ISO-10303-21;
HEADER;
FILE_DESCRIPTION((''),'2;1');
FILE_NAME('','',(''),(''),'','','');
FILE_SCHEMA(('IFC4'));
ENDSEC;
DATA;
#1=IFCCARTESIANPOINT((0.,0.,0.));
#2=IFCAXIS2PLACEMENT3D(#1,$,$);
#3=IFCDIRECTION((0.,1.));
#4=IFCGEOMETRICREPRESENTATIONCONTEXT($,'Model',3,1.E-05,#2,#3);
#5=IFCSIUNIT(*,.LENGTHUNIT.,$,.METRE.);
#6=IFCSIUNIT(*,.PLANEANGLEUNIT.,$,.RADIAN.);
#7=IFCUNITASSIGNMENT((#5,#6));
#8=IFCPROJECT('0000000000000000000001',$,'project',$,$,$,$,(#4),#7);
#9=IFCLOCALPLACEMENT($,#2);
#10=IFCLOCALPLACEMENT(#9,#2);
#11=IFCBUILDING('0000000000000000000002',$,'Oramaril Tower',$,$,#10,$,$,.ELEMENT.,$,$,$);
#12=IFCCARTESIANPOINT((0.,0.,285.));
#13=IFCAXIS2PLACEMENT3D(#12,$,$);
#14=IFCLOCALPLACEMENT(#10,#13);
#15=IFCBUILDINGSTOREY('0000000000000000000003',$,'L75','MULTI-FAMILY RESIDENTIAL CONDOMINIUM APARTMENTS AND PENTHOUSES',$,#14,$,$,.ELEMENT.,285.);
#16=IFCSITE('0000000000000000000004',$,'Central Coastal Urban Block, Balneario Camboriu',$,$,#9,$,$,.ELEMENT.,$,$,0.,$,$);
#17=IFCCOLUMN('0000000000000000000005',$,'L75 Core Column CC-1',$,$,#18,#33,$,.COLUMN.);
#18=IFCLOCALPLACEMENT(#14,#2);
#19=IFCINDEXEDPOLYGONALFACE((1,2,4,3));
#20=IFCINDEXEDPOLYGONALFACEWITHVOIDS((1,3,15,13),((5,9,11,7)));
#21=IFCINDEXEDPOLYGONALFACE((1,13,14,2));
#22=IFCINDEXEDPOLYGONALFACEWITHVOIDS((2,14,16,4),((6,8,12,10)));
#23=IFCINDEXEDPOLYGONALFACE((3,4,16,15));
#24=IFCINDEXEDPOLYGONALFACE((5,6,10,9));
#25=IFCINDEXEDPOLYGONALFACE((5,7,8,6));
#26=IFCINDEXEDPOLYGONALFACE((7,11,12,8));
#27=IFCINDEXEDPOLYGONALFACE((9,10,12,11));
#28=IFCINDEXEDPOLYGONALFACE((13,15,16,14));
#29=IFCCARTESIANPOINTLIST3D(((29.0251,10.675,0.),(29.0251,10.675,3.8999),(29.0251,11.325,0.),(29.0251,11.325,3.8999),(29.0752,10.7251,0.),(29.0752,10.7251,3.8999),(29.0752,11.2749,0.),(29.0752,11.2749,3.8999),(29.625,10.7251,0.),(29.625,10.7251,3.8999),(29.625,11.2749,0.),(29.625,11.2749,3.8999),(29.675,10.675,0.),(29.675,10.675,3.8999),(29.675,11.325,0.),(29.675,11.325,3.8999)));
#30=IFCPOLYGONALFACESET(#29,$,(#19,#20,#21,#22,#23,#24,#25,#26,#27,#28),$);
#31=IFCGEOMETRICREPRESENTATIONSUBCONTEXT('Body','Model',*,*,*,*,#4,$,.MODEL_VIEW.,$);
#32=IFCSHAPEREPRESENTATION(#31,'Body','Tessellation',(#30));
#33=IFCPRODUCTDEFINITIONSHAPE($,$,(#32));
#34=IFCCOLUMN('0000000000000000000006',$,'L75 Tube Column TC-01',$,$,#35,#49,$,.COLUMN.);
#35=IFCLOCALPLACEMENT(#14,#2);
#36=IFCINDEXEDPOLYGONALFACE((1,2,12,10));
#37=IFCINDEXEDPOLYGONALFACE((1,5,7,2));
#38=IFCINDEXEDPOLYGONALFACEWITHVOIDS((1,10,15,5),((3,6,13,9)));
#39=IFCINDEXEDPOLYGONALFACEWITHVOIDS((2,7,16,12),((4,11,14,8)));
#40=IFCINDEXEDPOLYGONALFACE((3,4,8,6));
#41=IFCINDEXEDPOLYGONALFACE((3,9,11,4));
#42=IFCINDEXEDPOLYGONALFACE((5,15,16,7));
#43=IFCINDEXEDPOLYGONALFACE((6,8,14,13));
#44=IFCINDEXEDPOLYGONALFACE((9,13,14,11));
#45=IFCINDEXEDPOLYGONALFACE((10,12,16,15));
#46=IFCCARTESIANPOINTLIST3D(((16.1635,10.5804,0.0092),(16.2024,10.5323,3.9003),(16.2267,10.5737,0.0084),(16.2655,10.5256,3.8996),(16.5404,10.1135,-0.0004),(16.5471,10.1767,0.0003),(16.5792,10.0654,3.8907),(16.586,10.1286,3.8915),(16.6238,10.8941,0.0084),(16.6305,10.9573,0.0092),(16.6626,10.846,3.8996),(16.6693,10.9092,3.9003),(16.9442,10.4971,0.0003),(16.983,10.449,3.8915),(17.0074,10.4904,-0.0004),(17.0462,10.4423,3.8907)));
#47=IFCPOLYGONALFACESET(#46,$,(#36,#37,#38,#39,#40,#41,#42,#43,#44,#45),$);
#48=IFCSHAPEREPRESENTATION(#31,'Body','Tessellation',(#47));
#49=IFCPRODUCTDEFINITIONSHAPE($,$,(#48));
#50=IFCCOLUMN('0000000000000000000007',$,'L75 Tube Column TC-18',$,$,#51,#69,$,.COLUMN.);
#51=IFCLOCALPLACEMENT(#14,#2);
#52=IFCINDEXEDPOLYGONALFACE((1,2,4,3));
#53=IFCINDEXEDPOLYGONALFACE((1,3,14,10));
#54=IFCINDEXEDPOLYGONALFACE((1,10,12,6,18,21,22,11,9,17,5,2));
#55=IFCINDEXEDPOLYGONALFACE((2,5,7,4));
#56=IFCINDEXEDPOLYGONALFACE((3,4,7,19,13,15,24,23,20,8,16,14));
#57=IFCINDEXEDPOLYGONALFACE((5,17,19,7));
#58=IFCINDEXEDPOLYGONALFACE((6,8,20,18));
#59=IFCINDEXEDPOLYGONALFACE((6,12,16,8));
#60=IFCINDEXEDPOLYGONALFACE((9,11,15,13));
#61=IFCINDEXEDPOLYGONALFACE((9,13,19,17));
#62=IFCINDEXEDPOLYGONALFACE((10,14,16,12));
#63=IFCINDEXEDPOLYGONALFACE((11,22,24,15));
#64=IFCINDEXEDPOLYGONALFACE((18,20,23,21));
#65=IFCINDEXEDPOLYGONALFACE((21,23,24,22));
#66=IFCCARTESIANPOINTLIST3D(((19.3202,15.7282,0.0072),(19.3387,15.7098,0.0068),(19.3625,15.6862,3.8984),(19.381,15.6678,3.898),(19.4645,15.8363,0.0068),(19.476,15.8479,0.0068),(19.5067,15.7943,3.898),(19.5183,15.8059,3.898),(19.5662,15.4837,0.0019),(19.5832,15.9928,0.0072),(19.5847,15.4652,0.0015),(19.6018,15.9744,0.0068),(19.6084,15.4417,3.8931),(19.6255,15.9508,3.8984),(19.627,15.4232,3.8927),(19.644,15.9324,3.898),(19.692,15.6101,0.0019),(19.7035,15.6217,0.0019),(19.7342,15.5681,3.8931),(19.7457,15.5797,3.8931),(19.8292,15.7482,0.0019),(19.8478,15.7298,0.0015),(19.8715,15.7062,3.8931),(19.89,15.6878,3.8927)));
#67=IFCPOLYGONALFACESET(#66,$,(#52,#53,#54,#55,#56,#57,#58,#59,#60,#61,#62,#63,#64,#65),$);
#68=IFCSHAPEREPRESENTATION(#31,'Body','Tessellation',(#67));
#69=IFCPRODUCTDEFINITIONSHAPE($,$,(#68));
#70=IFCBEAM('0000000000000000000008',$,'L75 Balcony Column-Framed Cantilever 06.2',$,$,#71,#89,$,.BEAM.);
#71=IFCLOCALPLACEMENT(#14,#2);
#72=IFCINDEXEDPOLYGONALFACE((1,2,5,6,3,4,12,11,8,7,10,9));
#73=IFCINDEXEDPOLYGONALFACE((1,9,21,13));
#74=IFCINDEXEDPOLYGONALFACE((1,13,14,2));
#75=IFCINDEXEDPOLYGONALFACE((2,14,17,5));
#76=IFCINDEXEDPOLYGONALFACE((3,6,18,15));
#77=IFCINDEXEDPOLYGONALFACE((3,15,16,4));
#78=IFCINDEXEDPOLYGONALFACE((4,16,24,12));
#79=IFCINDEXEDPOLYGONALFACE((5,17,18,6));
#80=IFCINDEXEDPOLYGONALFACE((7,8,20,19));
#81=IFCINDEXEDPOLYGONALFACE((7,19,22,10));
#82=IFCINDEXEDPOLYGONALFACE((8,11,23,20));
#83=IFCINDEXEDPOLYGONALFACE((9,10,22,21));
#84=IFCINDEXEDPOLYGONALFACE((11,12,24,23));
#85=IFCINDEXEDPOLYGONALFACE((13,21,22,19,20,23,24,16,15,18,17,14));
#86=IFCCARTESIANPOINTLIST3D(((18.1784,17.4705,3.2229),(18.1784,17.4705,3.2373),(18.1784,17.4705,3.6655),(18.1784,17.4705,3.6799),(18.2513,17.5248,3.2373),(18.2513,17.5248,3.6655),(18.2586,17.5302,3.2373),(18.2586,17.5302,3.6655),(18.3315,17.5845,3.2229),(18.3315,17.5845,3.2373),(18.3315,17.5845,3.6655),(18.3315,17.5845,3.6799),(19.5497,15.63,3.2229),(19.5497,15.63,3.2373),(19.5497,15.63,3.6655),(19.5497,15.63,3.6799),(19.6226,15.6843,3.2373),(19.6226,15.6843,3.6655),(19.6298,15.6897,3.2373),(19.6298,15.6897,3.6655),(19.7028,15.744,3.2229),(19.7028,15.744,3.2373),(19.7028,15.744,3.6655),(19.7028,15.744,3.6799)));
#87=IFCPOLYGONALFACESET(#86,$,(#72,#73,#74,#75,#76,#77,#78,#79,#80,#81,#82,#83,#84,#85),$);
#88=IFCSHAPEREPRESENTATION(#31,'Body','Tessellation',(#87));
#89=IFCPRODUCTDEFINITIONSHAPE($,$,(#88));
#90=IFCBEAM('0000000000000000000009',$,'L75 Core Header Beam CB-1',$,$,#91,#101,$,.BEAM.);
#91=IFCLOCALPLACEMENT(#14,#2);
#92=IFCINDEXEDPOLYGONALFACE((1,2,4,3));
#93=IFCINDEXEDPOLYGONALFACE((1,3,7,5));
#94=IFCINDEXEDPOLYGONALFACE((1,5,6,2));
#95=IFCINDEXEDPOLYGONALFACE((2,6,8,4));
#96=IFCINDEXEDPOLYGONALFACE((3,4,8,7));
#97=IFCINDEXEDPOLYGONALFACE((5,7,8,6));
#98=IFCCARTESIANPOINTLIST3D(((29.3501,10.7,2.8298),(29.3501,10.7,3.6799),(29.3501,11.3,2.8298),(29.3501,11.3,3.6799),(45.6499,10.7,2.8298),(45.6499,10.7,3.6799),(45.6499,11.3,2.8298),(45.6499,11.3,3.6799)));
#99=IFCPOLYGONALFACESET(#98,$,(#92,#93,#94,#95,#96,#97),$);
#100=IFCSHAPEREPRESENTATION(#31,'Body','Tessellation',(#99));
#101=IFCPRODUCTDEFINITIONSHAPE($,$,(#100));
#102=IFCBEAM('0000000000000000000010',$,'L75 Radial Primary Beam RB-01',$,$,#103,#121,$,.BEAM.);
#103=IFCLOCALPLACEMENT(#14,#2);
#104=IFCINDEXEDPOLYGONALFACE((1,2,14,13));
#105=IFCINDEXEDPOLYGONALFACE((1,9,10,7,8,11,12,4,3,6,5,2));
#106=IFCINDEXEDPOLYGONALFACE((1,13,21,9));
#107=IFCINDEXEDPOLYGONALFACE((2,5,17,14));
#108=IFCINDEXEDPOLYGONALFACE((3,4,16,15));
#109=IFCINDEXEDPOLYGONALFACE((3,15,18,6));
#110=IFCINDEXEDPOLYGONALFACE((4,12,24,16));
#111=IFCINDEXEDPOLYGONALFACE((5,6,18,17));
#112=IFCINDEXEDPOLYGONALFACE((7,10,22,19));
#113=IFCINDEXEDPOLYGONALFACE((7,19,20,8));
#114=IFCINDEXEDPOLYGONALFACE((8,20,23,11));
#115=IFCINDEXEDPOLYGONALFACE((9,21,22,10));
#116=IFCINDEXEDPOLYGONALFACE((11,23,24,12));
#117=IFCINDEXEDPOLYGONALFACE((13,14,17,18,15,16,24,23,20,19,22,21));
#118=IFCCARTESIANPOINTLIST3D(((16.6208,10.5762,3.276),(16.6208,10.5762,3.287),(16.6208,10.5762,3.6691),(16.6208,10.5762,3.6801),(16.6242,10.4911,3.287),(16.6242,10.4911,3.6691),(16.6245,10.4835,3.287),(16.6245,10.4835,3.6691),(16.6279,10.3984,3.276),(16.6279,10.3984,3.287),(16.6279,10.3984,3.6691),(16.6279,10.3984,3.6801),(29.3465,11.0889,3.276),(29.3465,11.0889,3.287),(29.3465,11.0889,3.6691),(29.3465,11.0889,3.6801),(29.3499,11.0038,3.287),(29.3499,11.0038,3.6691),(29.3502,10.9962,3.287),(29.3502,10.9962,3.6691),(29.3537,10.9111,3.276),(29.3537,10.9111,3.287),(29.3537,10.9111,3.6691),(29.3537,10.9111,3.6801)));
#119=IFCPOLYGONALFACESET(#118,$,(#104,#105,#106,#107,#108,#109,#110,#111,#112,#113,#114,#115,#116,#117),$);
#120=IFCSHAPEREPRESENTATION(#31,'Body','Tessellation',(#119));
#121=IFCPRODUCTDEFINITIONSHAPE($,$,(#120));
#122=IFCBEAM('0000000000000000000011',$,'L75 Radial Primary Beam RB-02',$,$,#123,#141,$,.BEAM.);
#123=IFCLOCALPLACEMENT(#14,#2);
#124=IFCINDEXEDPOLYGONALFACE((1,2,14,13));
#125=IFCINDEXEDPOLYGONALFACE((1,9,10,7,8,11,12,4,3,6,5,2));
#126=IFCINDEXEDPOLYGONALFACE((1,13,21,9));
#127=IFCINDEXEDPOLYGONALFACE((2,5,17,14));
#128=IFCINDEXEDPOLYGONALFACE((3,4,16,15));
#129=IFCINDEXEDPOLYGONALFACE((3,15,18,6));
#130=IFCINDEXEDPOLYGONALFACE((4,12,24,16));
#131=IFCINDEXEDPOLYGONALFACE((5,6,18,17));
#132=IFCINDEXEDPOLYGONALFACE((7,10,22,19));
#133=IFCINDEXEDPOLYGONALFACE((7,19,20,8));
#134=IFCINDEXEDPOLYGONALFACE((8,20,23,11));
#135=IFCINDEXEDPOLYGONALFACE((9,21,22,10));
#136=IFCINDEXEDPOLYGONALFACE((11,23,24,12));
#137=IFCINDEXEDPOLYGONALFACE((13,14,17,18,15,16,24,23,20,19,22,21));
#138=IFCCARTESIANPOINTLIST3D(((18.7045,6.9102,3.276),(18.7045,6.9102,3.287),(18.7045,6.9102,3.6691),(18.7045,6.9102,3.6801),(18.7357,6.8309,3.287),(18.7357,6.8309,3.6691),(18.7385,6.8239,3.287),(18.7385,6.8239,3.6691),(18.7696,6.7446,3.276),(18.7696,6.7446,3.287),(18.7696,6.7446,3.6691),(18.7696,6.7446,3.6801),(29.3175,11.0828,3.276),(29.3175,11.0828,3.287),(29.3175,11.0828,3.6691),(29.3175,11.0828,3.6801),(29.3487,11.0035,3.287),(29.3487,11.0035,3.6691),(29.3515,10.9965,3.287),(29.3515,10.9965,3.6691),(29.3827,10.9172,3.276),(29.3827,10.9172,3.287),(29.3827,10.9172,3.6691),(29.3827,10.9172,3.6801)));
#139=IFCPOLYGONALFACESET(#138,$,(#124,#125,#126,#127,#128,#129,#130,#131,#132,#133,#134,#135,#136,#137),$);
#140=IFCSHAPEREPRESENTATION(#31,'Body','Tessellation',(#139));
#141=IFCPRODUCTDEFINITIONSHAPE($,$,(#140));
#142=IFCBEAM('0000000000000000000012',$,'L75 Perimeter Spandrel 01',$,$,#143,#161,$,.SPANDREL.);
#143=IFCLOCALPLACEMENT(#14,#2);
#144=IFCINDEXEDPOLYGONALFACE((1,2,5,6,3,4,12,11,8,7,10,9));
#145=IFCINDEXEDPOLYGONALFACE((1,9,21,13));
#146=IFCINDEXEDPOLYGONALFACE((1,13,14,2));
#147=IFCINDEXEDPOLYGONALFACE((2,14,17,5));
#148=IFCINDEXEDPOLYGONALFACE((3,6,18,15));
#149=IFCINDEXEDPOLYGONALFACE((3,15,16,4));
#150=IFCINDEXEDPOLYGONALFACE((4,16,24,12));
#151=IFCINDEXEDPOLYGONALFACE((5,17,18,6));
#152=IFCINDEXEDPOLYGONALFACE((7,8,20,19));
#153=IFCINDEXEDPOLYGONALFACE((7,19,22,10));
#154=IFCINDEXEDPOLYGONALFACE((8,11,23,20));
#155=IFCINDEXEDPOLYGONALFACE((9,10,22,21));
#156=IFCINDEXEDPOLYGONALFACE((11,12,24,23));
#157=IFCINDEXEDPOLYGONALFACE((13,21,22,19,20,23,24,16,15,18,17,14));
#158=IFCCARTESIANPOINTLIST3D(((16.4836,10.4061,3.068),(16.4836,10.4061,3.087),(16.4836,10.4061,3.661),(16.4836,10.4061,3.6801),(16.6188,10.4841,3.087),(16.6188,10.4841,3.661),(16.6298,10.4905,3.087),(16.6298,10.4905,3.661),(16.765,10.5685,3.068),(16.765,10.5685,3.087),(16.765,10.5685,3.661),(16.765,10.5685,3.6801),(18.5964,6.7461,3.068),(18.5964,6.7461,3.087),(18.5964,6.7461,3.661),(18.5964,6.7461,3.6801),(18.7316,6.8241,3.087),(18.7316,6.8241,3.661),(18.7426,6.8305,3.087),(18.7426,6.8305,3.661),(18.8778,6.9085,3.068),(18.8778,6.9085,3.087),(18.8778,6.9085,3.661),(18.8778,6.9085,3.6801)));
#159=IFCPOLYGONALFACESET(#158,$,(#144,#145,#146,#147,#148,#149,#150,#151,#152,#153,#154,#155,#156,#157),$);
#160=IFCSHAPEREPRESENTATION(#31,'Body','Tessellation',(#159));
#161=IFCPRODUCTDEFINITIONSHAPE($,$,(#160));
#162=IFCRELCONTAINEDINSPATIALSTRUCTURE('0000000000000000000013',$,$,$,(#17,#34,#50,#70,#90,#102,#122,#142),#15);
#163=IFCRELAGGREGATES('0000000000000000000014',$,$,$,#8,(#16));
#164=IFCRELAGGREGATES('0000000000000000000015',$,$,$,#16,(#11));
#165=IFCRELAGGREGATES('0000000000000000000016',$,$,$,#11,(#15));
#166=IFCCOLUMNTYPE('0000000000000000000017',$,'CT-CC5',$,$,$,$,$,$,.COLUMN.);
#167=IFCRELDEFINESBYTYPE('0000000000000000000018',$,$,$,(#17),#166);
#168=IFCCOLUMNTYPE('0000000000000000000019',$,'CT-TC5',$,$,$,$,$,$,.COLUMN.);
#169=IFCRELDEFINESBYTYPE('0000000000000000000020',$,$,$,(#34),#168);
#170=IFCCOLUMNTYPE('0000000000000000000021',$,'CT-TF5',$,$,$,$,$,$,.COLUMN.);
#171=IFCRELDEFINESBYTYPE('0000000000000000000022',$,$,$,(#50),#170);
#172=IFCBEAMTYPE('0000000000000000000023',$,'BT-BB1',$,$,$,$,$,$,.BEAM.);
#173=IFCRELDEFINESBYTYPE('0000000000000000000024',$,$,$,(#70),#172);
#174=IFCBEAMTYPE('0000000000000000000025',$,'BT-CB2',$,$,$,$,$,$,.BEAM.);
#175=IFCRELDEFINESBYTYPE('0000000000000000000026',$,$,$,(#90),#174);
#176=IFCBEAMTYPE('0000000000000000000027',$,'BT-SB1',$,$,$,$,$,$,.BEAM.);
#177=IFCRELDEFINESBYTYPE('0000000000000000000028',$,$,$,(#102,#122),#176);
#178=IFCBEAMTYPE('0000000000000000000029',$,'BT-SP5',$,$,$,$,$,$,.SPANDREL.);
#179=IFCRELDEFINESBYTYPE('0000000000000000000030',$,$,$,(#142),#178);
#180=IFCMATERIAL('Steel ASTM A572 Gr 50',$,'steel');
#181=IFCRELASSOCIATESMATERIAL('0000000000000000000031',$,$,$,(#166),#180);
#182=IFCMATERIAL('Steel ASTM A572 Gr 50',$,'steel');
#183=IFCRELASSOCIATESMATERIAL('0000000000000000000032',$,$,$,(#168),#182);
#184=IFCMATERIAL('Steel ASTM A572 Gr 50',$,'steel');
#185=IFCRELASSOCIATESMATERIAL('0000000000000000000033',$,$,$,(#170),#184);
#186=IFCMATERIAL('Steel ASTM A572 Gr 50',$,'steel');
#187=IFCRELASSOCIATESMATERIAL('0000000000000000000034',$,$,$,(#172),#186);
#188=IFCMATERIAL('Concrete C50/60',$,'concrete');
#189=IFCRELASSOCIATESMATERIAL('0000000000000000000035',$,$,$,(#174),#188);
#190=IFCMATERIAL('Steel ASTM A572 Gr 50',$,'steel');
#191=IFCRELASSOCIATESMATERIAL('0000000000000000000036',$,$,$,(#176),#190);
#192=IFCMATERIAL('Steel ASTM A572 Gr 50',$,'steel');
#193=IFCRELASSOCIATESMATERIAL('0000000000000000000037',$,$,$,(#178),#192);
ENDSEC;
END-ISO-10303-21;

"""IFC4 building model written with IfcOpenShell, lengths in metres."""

from ifc_helpers import new_model, si_unit, direction, frame, origin, origin_2d, place, context, subcontext, project, spatial, rectangle, hollow_rectangle, i_section, extrude, material, material_profile, profile_set, type_object, element, save


model = new_model("IFC4")

# Units and contexts
model_context = context("Model", 3, precision=1e-05, world=origin(), true_north=direction((0.0, 1.0)))
body_context = subcontext(model_context, "Body", "Model", "MODEL_VIEW")
ifc_project = project(units=[si_unit("LENGTHUNIT", "METRE"), si_unit("PLANEANGLEUNIT", "RADIAN")], contexts=[model_context])

# Site, building, storey
site_placement = place(None, origin())
site = spatial("IfcSite", under=ifc_project, at=site_placement, Name="Central Coastal Urban Block, Balneario Camboriu", CompositionType="ELEMENT", RefElevation=0.0)
building_placement = place(site_placement, origin())
building = spatial("IfcBuilding", under=site, at=building_placement, Name="Oramaril Tower", CompositionType="ELEMENT")
storey_placement = place(building_placement, frame((0.0, 0.0, 285.0)))
storey = spatial("IfcBuildingStorey", under=building, at=storey_placement, Name="L75", Description="MULTI-FAMILY RESIDENTIAL CONDOMINIUM APARTMENTS AND PENTHOUSES", CompositionType="ELEMENT", Elevation=285.0)

# Columns
ifc_material_1 = material(Name="Steel ASTM A572 Gr 50", Category="steel")
ifc_material_profile_1 = material_profile(ifc_material_1, hollow_rectangle(XDim=0.6499, YDim=0.6499, WallThickness=0.05, at=origin_2d()), Name="BOX650X650X50")
ifc_profile_set_1 = profile_set([ifc_material_profile_1], Name="Steel ASTM A572 Gr 50")
column_type_1 = type_object("IfcColumnType", Name="CT-CC5", PredefinedType="COLUMN", material=ifc_profile_set_1)
column_1_placement = place(storey_placement, frame((29.3501, 11.0, 0.0), z_axis=(0.0, 0.0, 1.0), x_axis=(1.0, 0.0, 0.0)))
element("IfcColumn", 1, at=column_1_placement, inside=storey, type_object=column_type_1, Name="L75 Core Column CC-1", PredefinedType="COLUMN", context=body_context, shape_type="SweptSolid", body=[
    extrude(hollow_rectangle(XDim=0.6499, YDim=0.6499, WallThickness=0.05, at=origin_2d()), origin(), (0.0, 0.0, 1.0), 3.8999),
])
ifc_material_2 = material(Name="Steel ASTM A572 Gr 50", Category="steel")
ifc_material_profile_2 = material_profile(ifc_material_2, hollow_rectangle(XDim=0.6001, YDim=0.6001, WallThickness=0.0449, at=origin_2d()), Name="BOX600X600X45")
ifc_profile_set_2 = profile_set([ifc_material_profile_2], Name="Steel ASTM A572 Gr 50")
column_type_2 = type_object("IfcColumnType", Name="CT-TC5", PredefinedType="COLUMN", material=ifc_profile_set_2)
column_2_placement = place(storey_placement, frame((16.5854, 10.5354, 0.0044), z_axis=(0.009975, -0.012359, 0.999874), x_axis=(0.778164, 0.628061, 0.0)))
element("IfcColumn", 2, at=column_2_placement, inside=storey, type_object=column_type_2, Name="L75 Tube Column TC-01", PredefinedType="COLUMN", context=body_context, shape_type="SweptSolid", body=[
    extrude(hollow_rectangle(XDim=0.6001, YDim=0.6001, WallThickness=0.0449, at=origin_2d()), origin(), (0.0, 0.0, 1.0), 3.8916),
])
ifc_material_3 = material(Name="Steel ASTM A572 Gr 50", Category="steel")
ifc_material_profile_3 = material_profile(ifc_material_3, i_section(OverallWidth=0.373, OverallDepth=0.373, WebThickness=0.0164, FlangeThickness=0.0261, at=origin_2d()), Name="W14X132")
ifc_profile_set_3 = profile_set([ifc_material_profile_3], Name="Steel ASTM A572 Gr 50")
column_type_3 = type_object("IfcColumnType", Name="CT-TF5", PredefinedType="COLUMN", material=ifc_profile_set_3)
column_3_placement = place(storey_placement, frame((19.584, 15.729, 0.0044), z_axis=(0.010853, -0.010791, 0.999883), x_axis=(0.705054, 0.709153, 0.0)))
element("IfcColumn", 3, at=column_3_placement, inside=storey, type_object=column_type_3, Name="L75 Tube Column TC-18", PredefinedType="COLUMN", context=body_context, shape_type="SweptSolid", body=[
    extrude(i_section(OverallWidth=0.373, OverallDepth=0.373, WebThickness=0.0164, FlangeThickness=0.0261, at=origin_2d()), origin(), (0.0, 0.0, 1.0), 3.8916),
])

# Beams
ifc_material_4 = material(Name="Steel ASTM A572 Gr 50", Category="steel")
ifc_material_profile_4 = material_profile(ifc_material_4, i_section(OverallWidth=0.1909, OverallDepth=0.457, WebThickness=0.009, FlangeThickness=0.0144, at=origin_2d()), Name="W18X50")
ifc_profile_set_4 = profile_set([ifc_material_profile_4], Name="Steel ASTM A572 Gr 50")
beam_type_1 = type_object("IfcBeamType", Name="BT-BB1", PredefinedType="BEAM", material=ifc_profile_set_4)
beam_1_placement = place(storey_placement, frame((19.6262, 15.687, 3.4514), z_axis=(-0.597461, 0.801898, 0.0), x_axis=(-0.801898, -0.597461, 0.0)))
element("IfcBeam", 4, at=beam_1_placement, inside=storey, type_object=beam_type_1, Name="L75 Balcony Column-Framed Cantilever 06.2", PredefinedType="BEAM", context=body_context, shape_type="SweptSolid", body=[
    extrude(i_section(OverallWidth=0.1909, OverallDepth=0.457, WebThickness=0.009, FlangeThickness=0.0144, at=origin_2d()), origin(), (0.0, 0.0, 1.0), 2.2952),
])
ifc_material_5 = material(Name="Concrete C50/60", Category="concrete")
ifc_material_profile_5 = material_profile(ifc_material_5, rectangle(XDim=0.6001, YDim=0.8501, at=origin_2d()), Name="CB600X850")
ifc_profile_set_5 = profile_set([ifc_material_profile_5], Name="Concrete C50/60")
beam_type_2 = type_object("IfcBeamType", Name="BT-CB2", PredefinedType="BEAM", material=ifc_profile_set_5)
beam_2_placement = place(storey_placement, frame((29.3501, 11.0, 3.2549), z_axis=(1.0, 0.0, 0.0), x_axis=(0.0, 1.0, 0.0)))
element("IfcBeam", 5, at=beam_2_placement, inside=storey, type_object=beam_type_2, Name="L75 Core Header Beam CB-1", PredefinedType="BEAM", context=body_context, shape_type="SweptSolid", body=[
    extrude(rectangle(XDim=0.6001, YDim=0.8501, at=origin_2d()), origin(), (0.0, 0.0, 1.0), 16.2998),
])
ifc_material_6 = material(Name="Steel ASTM A572 Gr 50", Category="steel")
ifc_material_profile_6 = material_profile(ifc_material_6, i_section(OverallWidth=0.178, OverallDepth=0.4041, WebThickness=0.0076, FlangeThickness=0.011, at=origin_2d()), Name="W16X36")
ifc_profile_set_6 = profile_set([ifc_material_profile_6], Name="Steel ASTM A572 Gr 50")
beam_type_3 = type_object("IfcBeamType", Name="BT-SB1", PredefinedType="BEAM", material=ifc_profile_set_6)
beam_3_placement = place(storey_placement, frame((29.3501, 11.0, 3.478), z_axis=(-0.999189, -0.040255, 0.0), x_axis=(0.040255, -0.999189, 0.0)))
element("IfcBeam", 6, at=beam_3_placement, inside=storey, type_object=beam_type_3, Name="L75 Radial Primary Beam RB-01", PredefinedType="BEAM", context=body_context, shape_type="SweptSolid", body=[
    extrude(i_section(OverallWidth=0.178, OverallDepth=0.4041, WebThickness=0.0076, FlangeThickness=0.011, at=origin_2d()), origin(), (0.0, 0.0, 1.0), 12.7361),
])
beam_4_placement = place(storey_placement, frame((29.3501, 11.0, 3.478), z_axis=(-0.930656, -0.365895, 0.0), x_axis=(0.365895, -0.930656, 0.0)))
element("IfcBeam", 7, at=beam_4_placement, inside=storey, type_object=beam_type_3, Name="L75 Radial Primary Beam RB-02", PredefinedType="BEAM", context=body_context, shape_type="SweptSolid", body=[
    extrude(i_section(OverallWidth=0.178, OverallDepth=0.4041, WebThickness=0.0076, FlangeThickness=0.011, at=origin_2d()), origin(), (0.0, 0.0, 1.0), 11.4038),
])
ifc_material_7 = material(Name="Steel ASTM A572 Gr 50", Category="steel")
ifc_material_profile_7 = material_profile(ifc_material_7, i_section(OverallWidth=0.325, OverallDepth=0.6121, WebThickness=0.0127, FlangeThickness=0.019, at=origin_2d()), Name="W24X104")
ifc_profile_set_7 = profile_set([ifc_material_profile_7], Name="Steel ASTM A572 Gr 50")
beam_type_4 = type_object("IfcBeamType", Name="BT-SP5", PredefinedType="SPANDREL", material=ifc_profile_set_7)
beam_5_placement = place(storey_placement, frame((16.6243, 10.4873, 3.374), z_axis=(0.499954, -0.866052, 0.0), x_axis=(0.866052, 0.499954, 0.0)))
element("IfcBeam", 8, at=beam_5_placement, inside=storey, type_object=beam_type_4, Name="L75 Perimeter Spandrel 01", PredefinedType="SPANDREL", context=body_context, shape_type="SweptSolid", body=[
    extrude(i_section(OverallWidth=0.325, OverallDepth=0.6121, WebThickness=0.0127, FlangeThickness=0.019, at=origin_2d()), origin(), (0.0, 0.0, 1.0), 4.2261),
])

save(model, "model.ifc")
